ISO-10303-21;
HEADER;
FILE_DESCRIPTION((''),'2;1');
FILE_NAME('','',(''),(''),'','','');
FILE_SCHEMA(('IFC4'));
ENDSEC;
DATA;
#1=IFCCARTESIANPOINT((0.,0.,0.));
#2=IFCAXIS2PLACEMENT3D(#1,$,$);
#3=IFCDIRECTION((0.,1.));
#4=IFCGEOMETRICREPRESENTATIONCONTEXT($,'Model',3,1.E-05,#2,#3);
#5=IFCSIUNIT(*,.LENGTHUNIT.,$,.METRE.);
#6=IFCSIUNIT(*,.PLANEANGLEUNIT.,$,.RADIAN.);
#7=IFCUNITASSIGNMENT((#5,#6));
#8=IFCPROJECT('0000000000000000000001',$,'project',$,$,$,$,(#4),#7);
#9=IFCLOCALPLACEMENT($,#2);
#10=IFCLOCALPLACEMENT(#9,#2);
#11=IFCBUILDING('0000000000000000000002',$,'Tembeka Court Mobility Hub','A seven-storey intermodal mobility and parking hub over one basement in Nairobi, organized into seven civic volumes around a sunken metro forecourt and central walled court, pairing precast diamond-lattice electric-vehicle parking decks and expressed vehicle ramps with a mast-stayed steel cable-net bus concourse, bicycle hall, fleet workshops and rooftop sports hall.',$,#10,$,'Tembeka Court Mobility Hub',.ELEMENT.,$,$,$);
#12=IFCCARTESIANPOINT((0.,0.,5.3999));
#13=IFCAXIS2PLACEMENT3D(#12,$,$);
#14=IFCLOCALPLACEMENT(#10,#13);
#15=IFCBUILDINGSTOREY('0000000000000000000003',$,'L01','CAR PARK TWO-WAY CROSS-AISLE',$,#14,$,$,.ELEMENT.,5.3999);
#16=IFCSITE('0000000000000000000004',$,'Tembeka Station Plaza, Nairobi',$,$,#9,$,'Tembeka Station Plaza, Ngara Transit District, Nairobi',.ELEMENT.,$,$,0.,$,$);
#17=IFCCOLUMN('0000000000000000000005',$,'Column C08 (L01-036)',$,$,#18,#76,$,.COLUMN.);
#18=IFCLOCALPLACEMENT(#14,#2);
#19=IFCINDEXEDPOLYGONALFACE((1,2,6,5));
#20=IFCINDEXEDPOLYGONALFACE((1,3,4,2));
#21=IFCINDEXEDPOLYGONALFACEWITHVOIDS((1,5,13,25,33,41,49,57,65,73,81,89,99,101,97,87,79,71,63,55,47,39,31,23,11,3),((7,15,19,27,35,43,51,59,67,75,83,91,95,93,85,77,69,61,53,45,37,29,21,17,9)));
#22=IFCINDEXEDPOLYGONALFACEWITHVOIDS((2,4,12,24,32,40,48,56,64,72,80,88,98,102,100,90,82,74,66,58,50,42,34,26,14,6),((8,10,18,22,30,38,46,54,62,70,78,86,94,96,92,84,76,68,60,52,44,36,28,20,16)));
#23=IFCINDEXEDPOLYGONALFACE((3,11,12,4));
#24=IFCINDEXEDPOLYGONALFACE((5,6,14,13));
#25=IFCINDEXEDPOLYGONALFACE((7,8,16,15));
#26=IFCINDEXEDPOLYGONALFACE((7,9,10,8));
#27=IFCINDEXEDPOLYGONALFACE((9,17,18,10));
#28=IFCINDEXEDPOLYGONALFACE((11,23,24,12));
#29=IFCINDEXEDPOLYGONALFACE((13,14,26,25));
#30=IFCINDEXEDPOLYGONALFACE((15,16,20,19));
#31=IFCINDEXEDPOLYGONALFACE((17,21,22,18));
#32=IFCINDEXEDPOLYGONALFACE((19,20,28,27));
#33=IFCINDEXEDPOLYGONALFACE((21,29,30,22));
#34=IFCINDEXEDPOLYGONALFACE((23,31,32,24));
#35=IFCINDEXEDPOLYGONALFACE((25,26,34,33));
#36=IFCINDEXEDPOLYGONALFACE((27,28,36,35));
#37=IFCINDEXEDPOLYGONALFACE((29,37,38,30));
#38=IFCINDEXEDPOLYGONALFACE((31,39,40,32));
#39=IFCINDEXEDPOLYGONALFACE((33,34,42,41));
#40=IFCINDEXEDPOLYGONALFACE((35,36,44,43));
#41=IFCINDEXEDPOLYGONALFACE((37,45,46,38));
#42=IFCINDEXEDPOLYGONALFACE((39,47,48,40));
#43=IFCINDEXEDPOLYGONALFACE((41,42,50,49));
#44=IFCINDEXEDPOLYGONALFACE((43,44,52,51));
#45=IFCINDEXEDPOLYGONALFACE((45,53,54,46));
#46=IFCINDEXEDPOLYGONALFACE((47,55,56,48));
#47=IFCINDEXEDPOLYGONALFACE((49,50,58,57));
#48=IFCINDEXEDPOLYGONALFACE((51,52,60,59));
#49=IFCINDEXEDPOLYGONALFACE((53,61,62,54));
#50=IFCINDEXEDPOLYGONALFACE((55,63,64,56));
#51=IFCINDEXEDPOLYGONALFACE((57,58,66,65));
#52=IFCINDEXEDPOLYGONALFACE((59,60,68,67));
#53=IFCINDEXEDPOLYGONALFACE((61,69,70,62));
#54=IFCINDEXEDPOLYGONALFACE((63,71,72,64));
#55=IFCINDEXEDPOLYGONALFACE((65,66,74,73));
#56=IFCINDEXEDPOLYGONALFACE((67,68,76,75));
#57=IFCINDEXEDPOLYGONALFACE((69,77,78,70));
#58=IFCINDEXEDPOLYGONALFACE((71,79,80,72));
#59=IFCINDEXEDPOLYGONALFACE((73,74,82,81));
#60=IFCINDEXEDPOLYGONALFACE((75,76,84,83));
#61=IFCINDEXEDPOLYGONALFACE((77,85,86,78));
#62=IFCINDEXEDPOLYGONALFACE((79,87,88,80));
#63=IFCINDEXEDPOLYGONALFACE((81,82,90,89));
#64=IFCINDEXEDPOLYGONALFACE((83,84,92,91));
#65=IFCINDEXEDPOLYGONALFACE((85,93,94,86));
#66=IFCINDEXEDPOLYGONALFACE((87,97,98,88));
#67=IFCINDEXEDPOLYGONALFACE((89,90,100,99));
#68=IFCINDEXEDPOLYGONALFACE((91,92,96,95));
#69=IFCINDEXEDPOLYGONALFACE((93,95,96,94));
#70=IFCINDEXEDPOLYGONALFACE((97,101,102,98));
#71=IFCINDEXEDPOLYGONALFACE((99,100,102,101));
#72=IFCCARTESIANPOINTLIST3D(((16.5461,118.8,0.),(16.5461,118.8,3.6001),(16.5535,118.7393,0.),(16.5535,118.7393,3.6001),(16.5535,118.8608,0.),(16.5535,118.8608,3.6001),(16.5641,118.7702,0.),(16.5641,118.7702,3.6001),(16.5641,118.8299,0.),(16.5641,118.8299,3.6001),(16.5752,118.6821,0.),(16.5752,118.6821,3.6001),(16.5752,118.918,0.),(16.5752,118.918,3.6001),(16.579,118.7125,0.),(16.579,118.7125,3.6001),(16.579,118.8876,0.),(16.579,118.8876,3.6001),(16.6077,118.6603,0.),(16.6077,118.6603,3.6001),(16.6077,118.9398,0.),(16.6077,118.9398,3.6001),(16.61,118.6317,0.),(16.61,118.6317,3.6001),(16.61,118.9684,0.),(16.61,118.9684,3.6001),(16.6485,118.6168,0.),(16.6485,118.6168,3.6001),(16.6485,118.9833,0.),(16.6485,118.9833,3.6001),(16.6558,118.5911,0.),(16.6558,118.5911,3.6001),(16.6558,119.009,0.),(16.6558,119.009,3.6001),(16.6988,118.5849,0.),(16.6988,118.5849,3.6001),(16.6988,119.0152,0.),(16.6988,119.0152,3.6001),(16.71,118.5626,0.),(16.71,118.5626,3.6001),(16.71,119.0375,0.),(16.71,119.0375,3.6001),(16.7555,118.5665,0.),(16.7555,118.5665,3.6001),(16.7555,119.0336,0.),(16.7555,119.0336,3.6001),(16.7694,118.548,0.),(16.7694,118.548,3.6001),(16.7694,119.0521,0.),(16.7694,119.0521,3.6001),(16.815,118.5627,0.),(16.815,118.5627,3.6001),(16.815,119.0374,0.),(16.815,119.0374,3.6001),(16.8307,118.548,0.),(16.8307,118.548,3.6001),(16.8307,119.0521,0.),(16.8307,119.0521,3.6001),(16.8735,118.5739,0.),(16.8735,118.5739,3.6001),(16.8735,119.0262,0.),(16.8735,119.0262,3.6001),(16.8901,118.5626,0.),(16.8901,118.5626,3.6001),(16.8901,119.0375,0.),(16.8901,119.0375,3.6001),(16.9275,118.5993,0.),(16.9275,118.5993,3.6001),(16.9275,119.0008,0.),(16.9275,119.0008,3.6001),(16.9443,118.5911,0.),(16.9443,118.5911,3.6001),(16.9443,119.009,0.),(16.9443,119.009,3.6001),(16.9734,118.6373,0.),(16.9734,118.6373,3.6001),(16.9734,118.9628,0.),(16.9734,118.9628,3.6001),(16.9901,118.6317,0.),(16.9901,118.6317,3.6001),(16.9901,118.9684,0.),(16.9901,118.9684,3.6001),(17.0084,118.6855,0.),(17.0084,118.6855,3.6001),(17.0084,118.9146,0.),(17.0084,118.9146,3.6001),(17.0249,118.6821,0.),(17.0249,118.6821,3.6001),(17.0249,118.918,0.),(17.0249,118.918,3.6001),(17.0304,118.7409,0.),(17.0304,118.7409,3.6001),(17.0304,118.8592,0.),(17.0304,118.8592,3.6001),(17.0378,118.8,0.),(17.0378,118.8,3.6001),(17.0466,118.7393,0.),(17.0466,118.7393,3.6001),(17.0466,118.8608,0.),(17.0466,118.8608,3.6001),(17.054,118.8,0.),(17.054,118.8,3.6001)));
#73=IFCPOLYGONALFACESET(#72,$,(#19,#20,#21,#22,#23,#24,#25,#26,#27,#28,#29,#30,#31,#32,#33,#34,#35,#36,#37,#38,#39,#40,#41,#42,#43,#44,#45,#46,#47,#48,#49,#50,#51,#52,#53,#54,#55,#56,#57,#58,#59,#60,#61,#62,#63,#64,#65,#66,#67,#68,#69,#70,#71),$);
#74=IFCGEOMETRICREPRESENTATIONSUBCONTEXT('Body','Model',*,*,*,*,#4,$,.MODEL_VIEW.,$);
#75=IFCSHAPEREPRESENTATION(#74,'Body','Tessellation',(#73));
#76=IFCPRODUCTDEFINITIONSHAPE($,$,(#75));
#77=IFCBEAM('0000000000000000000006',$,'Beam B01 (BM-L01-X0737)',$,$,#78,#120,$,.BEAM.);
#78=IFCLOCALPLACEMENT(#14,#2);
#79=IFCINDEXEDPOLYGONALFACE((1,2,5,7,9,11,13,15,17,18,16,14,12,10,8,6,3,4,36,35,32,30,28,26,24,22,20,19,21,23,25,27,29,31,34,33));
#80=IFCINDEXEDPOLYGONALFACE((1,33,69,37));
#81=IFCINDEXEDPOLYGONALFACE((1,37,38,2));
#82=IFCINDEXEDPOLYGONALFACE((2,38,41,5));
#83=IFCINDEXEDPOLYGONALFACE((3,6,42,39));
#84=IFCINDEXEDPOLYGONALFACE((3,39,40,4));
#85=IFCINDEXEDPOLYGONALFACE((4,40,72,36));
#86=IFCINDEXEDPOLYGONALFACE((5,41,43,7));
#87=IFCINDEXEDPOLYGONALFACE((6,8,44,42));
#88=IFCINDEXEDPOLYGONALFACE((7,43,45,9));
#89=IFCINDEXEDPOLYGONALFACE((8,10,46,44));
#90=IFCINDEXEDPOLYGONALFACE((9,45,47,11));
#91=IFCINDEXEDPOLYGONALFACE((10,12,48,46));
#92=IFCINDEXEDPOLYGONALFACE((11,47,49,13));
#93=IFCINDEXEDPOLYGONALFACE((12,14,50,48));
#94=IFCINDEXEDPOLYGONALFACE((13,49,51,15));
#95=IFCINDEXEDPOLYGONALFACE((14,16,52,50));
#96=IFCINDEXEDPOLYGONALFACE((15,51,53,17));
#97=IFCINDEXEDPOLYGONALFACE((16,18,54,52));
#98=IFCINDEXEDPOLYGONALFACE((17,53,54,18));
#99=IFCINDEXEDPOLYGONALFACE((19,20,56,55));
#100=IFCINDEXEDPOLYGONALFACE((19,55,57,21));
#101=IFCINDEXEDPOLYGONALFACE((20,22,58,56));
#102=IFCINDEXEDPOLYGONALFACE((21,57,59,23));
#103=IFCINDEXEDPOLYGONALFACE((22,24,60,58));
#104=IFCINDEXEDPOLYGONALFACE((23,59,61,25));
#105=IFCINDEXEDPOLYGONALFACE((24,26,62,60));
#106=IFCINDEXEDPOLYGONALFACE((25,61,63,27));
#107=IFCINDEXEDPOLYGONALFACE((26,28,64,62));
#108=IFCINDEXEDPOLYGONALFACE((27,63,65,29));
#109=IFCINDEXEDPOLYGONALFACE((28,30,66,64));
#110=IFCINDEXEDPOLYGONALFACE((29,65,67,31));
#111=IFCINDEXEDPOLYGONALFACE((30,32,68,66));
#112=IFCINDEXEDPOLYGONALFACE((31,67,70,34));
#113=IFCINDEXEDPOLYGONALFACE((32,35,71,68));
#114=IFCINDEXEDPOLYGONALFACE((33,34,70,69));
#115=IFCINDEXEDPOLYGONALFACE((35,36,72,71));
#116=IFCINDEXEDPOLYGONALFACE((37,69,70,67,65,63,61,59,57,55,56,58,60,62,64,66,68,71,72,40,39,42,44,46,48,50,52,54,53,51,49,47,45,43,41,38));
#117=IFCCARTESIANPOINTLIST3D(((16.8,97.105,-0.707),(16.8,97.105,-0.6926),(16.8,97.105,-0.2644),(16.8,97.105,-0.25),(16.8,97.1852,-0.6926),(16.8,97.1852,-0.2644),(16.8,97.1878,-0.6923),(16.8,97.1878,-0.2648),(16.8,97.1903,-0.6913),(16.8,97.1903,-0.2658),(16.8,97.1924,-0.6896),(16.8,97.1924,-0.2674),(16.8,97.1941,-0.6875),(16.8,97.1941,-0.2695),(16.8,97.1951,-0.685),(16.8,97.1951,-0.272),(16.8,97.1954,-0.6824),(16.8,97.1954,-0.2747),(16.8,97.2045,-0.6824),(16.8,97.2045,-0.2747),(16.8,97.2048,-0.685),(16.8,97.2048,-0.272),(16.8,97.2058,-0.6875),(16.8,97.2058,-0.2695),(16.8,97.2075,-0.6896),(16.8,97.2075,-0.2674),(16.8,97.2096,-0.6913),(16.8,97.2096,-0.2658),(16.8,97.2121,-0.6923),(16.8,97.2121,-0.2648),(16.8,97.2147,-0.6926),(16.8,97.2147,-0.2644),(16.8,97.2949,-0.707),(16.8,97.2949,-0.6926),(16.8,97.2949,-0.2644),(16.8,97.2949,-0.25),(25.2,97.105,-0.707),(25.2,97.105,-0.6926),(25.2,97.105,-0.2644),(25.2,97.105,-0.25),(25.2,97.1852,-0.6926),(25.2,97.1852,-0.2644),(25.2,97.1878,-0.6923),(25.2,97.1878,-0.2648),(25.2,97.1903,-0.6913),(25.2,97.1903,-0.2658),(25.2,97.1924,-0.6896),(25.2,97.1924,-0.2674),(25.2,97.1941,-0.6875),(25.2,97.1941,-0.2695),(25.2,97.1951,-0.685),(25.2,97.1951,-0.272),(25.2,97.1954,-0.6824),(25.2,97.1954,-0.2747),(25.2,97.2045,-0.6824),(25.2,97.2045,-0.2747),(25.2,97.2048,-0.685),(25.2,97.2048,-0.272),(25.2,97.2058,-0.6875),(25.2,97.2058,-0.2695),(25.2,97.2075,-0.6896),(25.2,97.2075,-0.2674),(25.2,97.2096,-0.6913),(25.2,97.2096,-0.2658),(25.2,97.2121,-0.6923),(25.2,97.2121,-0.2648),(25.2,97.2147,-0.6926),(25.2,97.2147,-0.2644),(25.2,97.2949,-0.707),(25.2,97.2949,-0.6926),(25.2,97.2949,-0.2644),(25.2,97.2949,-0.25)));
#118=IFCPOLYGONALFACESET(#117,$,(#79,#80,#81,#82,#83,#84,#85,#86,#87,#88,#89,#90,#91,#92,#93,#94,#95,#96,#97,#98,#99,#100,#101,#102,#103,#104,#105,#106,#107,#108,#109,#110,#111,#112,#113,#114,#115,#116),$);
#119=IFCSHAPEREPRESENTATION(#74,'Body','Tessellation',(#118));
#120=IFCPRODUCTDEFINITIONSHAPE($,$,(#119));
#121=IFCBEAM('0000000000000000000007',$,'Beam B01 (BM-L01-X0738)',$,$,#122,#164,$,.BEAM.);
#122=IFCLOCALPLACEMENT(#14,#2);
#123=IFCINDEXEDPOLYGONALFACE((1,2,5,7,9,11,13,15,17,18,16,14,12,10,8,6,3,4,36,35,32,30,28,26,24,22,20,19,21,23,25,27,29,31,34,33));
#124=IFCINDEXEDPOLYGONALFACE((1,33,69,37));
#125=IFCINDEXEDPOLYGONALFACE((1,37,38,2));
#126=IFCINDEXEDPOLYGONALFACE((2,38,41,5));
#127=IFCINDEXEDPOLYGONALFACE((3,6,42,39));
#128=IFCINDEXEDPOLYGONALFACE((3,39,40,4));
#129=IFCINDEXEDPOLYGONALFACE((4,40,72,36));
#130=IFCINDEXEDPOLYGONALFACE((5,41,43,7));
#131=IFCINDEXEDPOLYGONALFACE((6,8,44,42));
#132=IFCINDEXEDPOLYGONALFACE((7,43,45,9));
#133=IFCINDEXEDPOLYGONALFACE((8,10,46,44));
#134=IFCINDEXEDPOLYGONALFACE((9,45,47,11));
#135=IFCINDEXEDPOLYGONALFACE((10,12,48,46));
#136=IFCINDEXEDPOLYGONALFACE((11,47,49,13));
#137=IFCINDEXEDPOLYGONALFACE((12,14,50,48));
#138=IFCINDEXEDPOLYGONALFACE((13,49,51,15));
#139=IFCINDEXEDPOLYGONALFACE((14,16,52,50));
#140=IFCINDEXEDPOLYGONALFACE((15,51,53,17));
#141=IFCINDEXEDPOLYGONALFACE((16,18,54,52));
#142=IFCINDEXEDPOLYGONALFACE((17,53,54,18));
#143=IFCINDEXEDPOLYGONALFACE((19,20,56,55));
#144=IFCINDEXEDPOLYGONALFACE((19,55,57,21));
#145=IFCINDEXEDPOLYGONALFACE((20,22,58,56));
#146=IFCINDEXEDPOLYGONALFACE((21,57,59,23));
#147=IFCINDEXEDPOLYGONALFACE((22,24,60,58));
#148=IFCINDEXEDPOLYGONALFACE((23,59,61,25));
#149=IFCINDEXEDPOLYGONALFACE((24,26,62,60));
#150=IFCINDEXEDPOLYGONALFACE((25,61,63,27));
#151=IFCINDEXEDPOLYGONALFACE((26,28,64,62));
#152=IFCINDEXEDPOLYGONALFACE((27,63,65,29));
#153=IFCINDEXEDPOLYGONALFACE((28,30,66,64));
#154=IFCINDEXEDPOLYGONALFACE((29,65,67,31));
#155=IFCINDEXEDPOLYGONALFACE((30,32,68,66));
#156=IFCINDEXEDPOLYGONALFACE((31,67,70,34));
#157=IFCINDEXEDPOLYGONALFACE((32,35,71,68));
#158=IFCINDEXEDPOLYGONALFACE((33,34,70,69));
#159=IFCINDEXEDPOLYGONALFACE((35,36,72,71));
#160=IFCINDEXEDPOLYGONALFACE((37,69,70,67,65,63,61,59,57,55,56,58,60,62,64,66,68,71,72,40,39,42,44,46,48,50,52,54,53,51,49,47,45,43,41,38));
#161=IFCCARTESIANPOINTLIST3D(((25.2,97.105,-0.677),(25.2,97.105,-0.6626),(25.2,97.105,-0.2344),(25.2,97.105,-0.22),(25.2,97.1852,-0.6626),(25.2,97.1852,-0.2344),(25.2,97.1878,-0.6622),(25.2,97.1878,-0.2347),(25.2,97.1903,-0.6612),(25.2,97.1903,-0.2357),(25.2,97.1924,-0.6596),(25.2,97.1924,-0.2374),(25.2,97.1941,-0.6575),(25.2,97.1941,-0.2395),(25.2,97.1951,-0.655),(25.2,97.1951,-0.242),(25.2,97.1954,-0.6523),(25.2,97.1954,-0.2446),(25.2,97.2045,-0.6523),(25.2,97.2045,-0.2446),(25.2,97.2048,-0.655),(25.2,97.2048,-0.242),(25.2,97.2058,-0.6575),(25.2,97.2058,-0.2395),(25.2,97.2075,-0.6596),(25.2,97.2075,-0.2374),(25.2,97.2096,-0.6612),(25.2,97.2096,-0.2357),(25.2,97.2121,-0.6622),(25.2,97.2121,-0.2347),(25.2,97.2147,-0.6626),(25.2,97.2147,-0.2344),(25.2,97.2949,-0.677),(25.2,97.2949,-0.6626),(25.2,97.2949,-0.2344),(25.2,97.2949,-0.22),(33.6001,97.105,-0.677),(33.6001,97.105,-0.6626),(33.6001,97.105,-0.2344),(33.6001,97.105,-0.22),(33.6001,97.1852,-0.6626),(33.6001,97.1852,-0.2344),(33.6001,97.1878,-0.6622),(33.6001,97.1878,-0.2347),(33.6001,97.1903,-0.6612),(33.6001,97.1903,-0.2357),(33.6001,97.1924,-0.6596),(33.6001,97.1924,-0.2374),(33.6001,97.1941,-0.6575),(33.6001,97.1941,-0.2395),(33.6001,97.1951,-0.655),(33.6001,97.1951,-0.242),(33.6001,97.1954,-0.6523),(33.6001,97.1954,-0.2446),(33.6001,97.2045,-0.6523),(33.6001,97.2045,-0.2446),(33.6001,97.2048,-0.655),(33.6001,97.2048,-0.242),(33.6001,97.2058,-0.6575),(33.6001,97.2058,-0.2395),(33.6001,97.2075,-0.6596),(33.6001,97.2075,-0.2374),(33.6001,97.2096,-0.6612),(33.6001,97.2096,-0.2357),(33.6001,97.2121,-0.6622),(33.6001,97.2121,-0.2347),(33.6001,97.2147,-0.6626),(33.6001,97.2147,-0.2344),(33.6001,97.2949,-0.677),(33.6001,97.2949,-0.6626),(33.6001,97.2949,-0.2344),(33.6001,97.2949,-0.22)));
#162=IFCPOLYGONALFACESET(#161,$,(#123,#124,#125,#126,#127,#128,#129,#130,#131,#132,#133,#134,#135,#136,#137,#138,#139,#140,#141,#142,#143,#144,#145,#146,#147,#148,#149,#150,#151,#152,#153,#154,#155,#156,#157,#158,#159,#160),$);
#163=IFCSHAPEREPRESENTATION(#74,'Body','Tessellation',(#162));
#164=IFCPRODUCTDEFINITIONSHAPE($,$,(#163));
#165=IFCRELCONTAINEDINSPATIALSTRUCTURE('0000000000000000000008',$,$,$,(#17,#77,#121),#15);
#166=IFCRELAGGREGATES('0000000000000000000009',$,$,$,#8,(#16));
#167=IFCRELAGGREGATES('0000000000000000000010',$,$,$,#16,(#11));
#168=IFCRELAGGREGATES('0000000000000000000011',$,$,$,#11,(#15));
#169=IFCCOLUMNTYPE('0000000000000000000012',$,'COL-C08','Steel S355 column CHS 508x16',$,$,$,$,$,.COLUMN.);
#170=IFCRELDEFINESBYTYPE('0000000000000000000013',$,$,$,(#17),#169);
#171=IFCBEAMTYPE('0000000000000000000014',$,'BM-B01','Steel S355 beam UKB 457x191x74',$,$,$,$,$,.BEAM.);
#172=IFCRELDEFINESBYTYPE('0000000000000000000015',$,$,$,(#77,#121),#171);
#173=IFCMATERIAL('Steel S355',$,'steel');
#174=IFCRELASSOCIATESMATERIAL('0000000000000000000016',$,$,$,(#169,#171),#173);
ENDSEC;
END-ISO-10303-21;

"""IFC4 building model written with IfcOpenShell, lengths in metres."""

from ifc_helpers import new_model, si_unit, direction, frame, origin, origin_2d, place, context, subcontext, project, spatial, hollow_circle, i_section, extrude, material, material_profile, profile_set, type_object, element, save


model = new_model("IFC4")

# Units and contexts
model_context = context("Model", 3, precision=1e-05, world=origin(), true_north=direction((0.0, 1.0)))
body_context = subcontext(model_context, "Body", "Model", "MODEL_VIEW")
ifc_project = project(units=[si_unit("LENGTHUNIT", "METRE"), si_unit("PLANEANGLEUNIT", "RADIAN")], contexts=[model_context])

# Site, building, storey
site_placement = place(None, origin())
site = spatial("IfcSite", under=ifc_project, at=site_placement, Name="Tembeka Station Plaza, Nairobi", LongName="Tembeka Station Plaza, Ngara Transit District, Nairobi", CompositionType="ELEMENT", RefElevation=0.0)
building_placement = place(site_placement, origin())
building = spatial("IfcBuilding", under=site, at=building_placement, Name="Tembeka Court Mobility Hub", Description="A seven-storey intermodal mobility and parking hub over one basement in Nairobi, organized into seven civic volumes around a sunken metro forecourt and central walled court, pairing precast diamond-lattice electric-vehicle parking decks and expressed vehicle ramps with a mast-stayed steel cable-net bus concourse, bicycle hall, fleet workshops and rooftop sports hall.", LongName="Tembeka Court Mobility Hub", CompositionType="ELEMENT")
storey_placement = place(building_placement, frame((0.0, 0.0, 5.3999)))
storey = spatial("IfcBuildingStorey", under=building, at=storey_placement, Name="L01", Description="CAR PARK TWO-WAY CROSS-AISLE", CompositionType="ELEMENT", Elevation=5.3999)

# Column
ifc_material_1 = material(Name="Steel S355", Category="steel")
ifc_material_profile_1 = material_profile(ifc_material_1, hollow_circle(Radius=0.2539, WallThickness=0.0161, at=origin_2d()), Name="CHS 508x16")
ifc_profile_set_1 = profile_set([ifc_material_profile_1], Name="Steel S355")
column_type_1 = type_object("IfcColumnType", Name="COL-C08", Description="Steel S355 column CHS 508x16", PredefinedType="COLUMN", material=ifc_profile_set_1)
for number, where, z_axis, x_axis, name in (
    (1, (16.8, 118.8, 0.0), (0.0, 0.0, 1.0), (1.0, 0.0, 0.0), "Column C08 (L01-036)"),
):
    element("IfcColumn", number, at=place(storey_placement, frame(where, z_axis=z_axis, x_axis=x_axis)), inside=storey, type_object=column_type_1, Name=name, PredefinedType="COLUMN", context=body_context, shape_type="SweptSolid", body=[
        extrude(hollow_circle(Radius=0.2539, WallThickness=0.0161, at=origin_2d()), origin(), (0.0, 0.0, 1.0), 3.6001),
    ])

# Beams
ifc_material_profile_2 = material_profile(ifc_material_1, i_section(OverallWidth=0.1899, OverallDepth=0.457, WebThickness=0.009, FlangeThickness=0.0144, FilletRadius=0.0103, at=origin_2d()), Name="UKB 457x191x74")
ifc_profile_set_2 = profile_set([ifc_material_profile_2], Name="Steel S355")
beam_type_1 = type_object("IfcBeamType", Name="BM-B01", Description="Steel S355 beam UKB 457x191x74", PredefinedType="BEAM", material=ifc_profile_set_2)
beam_1_placement = place(storey_placement, frame((16.8, 97.2, -0.4785), z_axis=(1.0, 0.0, 0.0), x_axis=(0.0, 1.0, 0.0)))
element("IfcBeam", 2, at=beam_1_placement, inside=storey, type_object=beam_type_1, Name="Beam B01 (BM-L01-X0737)", PredefinedType="BEAM", context=body_context, shape_type="SweptSolid", body=[
    extrude(i_section(OverallWidth=0.1899, OverallDepth=0.457, WebThickness=0.009, FlangeThickness=0.0144, FilletRadius=0.0103, at=origin_2d()), origin(), (0.0, 0.0, 1.0), 8.3999),
])
beam_2_placement = place(storey_placement, frame((25.2, 97.2, -0.4485), z_axis=(1.0, 0.0, 0.0), x_axis=(0.0, 1.0, 0.0)))
element("IfcBeam", 3, at=beam_2_placement, inside=storey, type_object=beam_type_1, Name="Beam B01 (BM-L01-X0738)", PredefinedType="BEAM", context=body_context, shape_type="SweptSolid", body=[
    extrude(i_section(OverallWidth=0.1899, OverallDepth=0.457, WebThickness=0.009, FlangeThickness=0.0144, FilletRadius=0.0103, at=origin_2d()), origin(), (0.0, 0.0, 1.0), 8.4001),
])

save(model, "model.ifc")
